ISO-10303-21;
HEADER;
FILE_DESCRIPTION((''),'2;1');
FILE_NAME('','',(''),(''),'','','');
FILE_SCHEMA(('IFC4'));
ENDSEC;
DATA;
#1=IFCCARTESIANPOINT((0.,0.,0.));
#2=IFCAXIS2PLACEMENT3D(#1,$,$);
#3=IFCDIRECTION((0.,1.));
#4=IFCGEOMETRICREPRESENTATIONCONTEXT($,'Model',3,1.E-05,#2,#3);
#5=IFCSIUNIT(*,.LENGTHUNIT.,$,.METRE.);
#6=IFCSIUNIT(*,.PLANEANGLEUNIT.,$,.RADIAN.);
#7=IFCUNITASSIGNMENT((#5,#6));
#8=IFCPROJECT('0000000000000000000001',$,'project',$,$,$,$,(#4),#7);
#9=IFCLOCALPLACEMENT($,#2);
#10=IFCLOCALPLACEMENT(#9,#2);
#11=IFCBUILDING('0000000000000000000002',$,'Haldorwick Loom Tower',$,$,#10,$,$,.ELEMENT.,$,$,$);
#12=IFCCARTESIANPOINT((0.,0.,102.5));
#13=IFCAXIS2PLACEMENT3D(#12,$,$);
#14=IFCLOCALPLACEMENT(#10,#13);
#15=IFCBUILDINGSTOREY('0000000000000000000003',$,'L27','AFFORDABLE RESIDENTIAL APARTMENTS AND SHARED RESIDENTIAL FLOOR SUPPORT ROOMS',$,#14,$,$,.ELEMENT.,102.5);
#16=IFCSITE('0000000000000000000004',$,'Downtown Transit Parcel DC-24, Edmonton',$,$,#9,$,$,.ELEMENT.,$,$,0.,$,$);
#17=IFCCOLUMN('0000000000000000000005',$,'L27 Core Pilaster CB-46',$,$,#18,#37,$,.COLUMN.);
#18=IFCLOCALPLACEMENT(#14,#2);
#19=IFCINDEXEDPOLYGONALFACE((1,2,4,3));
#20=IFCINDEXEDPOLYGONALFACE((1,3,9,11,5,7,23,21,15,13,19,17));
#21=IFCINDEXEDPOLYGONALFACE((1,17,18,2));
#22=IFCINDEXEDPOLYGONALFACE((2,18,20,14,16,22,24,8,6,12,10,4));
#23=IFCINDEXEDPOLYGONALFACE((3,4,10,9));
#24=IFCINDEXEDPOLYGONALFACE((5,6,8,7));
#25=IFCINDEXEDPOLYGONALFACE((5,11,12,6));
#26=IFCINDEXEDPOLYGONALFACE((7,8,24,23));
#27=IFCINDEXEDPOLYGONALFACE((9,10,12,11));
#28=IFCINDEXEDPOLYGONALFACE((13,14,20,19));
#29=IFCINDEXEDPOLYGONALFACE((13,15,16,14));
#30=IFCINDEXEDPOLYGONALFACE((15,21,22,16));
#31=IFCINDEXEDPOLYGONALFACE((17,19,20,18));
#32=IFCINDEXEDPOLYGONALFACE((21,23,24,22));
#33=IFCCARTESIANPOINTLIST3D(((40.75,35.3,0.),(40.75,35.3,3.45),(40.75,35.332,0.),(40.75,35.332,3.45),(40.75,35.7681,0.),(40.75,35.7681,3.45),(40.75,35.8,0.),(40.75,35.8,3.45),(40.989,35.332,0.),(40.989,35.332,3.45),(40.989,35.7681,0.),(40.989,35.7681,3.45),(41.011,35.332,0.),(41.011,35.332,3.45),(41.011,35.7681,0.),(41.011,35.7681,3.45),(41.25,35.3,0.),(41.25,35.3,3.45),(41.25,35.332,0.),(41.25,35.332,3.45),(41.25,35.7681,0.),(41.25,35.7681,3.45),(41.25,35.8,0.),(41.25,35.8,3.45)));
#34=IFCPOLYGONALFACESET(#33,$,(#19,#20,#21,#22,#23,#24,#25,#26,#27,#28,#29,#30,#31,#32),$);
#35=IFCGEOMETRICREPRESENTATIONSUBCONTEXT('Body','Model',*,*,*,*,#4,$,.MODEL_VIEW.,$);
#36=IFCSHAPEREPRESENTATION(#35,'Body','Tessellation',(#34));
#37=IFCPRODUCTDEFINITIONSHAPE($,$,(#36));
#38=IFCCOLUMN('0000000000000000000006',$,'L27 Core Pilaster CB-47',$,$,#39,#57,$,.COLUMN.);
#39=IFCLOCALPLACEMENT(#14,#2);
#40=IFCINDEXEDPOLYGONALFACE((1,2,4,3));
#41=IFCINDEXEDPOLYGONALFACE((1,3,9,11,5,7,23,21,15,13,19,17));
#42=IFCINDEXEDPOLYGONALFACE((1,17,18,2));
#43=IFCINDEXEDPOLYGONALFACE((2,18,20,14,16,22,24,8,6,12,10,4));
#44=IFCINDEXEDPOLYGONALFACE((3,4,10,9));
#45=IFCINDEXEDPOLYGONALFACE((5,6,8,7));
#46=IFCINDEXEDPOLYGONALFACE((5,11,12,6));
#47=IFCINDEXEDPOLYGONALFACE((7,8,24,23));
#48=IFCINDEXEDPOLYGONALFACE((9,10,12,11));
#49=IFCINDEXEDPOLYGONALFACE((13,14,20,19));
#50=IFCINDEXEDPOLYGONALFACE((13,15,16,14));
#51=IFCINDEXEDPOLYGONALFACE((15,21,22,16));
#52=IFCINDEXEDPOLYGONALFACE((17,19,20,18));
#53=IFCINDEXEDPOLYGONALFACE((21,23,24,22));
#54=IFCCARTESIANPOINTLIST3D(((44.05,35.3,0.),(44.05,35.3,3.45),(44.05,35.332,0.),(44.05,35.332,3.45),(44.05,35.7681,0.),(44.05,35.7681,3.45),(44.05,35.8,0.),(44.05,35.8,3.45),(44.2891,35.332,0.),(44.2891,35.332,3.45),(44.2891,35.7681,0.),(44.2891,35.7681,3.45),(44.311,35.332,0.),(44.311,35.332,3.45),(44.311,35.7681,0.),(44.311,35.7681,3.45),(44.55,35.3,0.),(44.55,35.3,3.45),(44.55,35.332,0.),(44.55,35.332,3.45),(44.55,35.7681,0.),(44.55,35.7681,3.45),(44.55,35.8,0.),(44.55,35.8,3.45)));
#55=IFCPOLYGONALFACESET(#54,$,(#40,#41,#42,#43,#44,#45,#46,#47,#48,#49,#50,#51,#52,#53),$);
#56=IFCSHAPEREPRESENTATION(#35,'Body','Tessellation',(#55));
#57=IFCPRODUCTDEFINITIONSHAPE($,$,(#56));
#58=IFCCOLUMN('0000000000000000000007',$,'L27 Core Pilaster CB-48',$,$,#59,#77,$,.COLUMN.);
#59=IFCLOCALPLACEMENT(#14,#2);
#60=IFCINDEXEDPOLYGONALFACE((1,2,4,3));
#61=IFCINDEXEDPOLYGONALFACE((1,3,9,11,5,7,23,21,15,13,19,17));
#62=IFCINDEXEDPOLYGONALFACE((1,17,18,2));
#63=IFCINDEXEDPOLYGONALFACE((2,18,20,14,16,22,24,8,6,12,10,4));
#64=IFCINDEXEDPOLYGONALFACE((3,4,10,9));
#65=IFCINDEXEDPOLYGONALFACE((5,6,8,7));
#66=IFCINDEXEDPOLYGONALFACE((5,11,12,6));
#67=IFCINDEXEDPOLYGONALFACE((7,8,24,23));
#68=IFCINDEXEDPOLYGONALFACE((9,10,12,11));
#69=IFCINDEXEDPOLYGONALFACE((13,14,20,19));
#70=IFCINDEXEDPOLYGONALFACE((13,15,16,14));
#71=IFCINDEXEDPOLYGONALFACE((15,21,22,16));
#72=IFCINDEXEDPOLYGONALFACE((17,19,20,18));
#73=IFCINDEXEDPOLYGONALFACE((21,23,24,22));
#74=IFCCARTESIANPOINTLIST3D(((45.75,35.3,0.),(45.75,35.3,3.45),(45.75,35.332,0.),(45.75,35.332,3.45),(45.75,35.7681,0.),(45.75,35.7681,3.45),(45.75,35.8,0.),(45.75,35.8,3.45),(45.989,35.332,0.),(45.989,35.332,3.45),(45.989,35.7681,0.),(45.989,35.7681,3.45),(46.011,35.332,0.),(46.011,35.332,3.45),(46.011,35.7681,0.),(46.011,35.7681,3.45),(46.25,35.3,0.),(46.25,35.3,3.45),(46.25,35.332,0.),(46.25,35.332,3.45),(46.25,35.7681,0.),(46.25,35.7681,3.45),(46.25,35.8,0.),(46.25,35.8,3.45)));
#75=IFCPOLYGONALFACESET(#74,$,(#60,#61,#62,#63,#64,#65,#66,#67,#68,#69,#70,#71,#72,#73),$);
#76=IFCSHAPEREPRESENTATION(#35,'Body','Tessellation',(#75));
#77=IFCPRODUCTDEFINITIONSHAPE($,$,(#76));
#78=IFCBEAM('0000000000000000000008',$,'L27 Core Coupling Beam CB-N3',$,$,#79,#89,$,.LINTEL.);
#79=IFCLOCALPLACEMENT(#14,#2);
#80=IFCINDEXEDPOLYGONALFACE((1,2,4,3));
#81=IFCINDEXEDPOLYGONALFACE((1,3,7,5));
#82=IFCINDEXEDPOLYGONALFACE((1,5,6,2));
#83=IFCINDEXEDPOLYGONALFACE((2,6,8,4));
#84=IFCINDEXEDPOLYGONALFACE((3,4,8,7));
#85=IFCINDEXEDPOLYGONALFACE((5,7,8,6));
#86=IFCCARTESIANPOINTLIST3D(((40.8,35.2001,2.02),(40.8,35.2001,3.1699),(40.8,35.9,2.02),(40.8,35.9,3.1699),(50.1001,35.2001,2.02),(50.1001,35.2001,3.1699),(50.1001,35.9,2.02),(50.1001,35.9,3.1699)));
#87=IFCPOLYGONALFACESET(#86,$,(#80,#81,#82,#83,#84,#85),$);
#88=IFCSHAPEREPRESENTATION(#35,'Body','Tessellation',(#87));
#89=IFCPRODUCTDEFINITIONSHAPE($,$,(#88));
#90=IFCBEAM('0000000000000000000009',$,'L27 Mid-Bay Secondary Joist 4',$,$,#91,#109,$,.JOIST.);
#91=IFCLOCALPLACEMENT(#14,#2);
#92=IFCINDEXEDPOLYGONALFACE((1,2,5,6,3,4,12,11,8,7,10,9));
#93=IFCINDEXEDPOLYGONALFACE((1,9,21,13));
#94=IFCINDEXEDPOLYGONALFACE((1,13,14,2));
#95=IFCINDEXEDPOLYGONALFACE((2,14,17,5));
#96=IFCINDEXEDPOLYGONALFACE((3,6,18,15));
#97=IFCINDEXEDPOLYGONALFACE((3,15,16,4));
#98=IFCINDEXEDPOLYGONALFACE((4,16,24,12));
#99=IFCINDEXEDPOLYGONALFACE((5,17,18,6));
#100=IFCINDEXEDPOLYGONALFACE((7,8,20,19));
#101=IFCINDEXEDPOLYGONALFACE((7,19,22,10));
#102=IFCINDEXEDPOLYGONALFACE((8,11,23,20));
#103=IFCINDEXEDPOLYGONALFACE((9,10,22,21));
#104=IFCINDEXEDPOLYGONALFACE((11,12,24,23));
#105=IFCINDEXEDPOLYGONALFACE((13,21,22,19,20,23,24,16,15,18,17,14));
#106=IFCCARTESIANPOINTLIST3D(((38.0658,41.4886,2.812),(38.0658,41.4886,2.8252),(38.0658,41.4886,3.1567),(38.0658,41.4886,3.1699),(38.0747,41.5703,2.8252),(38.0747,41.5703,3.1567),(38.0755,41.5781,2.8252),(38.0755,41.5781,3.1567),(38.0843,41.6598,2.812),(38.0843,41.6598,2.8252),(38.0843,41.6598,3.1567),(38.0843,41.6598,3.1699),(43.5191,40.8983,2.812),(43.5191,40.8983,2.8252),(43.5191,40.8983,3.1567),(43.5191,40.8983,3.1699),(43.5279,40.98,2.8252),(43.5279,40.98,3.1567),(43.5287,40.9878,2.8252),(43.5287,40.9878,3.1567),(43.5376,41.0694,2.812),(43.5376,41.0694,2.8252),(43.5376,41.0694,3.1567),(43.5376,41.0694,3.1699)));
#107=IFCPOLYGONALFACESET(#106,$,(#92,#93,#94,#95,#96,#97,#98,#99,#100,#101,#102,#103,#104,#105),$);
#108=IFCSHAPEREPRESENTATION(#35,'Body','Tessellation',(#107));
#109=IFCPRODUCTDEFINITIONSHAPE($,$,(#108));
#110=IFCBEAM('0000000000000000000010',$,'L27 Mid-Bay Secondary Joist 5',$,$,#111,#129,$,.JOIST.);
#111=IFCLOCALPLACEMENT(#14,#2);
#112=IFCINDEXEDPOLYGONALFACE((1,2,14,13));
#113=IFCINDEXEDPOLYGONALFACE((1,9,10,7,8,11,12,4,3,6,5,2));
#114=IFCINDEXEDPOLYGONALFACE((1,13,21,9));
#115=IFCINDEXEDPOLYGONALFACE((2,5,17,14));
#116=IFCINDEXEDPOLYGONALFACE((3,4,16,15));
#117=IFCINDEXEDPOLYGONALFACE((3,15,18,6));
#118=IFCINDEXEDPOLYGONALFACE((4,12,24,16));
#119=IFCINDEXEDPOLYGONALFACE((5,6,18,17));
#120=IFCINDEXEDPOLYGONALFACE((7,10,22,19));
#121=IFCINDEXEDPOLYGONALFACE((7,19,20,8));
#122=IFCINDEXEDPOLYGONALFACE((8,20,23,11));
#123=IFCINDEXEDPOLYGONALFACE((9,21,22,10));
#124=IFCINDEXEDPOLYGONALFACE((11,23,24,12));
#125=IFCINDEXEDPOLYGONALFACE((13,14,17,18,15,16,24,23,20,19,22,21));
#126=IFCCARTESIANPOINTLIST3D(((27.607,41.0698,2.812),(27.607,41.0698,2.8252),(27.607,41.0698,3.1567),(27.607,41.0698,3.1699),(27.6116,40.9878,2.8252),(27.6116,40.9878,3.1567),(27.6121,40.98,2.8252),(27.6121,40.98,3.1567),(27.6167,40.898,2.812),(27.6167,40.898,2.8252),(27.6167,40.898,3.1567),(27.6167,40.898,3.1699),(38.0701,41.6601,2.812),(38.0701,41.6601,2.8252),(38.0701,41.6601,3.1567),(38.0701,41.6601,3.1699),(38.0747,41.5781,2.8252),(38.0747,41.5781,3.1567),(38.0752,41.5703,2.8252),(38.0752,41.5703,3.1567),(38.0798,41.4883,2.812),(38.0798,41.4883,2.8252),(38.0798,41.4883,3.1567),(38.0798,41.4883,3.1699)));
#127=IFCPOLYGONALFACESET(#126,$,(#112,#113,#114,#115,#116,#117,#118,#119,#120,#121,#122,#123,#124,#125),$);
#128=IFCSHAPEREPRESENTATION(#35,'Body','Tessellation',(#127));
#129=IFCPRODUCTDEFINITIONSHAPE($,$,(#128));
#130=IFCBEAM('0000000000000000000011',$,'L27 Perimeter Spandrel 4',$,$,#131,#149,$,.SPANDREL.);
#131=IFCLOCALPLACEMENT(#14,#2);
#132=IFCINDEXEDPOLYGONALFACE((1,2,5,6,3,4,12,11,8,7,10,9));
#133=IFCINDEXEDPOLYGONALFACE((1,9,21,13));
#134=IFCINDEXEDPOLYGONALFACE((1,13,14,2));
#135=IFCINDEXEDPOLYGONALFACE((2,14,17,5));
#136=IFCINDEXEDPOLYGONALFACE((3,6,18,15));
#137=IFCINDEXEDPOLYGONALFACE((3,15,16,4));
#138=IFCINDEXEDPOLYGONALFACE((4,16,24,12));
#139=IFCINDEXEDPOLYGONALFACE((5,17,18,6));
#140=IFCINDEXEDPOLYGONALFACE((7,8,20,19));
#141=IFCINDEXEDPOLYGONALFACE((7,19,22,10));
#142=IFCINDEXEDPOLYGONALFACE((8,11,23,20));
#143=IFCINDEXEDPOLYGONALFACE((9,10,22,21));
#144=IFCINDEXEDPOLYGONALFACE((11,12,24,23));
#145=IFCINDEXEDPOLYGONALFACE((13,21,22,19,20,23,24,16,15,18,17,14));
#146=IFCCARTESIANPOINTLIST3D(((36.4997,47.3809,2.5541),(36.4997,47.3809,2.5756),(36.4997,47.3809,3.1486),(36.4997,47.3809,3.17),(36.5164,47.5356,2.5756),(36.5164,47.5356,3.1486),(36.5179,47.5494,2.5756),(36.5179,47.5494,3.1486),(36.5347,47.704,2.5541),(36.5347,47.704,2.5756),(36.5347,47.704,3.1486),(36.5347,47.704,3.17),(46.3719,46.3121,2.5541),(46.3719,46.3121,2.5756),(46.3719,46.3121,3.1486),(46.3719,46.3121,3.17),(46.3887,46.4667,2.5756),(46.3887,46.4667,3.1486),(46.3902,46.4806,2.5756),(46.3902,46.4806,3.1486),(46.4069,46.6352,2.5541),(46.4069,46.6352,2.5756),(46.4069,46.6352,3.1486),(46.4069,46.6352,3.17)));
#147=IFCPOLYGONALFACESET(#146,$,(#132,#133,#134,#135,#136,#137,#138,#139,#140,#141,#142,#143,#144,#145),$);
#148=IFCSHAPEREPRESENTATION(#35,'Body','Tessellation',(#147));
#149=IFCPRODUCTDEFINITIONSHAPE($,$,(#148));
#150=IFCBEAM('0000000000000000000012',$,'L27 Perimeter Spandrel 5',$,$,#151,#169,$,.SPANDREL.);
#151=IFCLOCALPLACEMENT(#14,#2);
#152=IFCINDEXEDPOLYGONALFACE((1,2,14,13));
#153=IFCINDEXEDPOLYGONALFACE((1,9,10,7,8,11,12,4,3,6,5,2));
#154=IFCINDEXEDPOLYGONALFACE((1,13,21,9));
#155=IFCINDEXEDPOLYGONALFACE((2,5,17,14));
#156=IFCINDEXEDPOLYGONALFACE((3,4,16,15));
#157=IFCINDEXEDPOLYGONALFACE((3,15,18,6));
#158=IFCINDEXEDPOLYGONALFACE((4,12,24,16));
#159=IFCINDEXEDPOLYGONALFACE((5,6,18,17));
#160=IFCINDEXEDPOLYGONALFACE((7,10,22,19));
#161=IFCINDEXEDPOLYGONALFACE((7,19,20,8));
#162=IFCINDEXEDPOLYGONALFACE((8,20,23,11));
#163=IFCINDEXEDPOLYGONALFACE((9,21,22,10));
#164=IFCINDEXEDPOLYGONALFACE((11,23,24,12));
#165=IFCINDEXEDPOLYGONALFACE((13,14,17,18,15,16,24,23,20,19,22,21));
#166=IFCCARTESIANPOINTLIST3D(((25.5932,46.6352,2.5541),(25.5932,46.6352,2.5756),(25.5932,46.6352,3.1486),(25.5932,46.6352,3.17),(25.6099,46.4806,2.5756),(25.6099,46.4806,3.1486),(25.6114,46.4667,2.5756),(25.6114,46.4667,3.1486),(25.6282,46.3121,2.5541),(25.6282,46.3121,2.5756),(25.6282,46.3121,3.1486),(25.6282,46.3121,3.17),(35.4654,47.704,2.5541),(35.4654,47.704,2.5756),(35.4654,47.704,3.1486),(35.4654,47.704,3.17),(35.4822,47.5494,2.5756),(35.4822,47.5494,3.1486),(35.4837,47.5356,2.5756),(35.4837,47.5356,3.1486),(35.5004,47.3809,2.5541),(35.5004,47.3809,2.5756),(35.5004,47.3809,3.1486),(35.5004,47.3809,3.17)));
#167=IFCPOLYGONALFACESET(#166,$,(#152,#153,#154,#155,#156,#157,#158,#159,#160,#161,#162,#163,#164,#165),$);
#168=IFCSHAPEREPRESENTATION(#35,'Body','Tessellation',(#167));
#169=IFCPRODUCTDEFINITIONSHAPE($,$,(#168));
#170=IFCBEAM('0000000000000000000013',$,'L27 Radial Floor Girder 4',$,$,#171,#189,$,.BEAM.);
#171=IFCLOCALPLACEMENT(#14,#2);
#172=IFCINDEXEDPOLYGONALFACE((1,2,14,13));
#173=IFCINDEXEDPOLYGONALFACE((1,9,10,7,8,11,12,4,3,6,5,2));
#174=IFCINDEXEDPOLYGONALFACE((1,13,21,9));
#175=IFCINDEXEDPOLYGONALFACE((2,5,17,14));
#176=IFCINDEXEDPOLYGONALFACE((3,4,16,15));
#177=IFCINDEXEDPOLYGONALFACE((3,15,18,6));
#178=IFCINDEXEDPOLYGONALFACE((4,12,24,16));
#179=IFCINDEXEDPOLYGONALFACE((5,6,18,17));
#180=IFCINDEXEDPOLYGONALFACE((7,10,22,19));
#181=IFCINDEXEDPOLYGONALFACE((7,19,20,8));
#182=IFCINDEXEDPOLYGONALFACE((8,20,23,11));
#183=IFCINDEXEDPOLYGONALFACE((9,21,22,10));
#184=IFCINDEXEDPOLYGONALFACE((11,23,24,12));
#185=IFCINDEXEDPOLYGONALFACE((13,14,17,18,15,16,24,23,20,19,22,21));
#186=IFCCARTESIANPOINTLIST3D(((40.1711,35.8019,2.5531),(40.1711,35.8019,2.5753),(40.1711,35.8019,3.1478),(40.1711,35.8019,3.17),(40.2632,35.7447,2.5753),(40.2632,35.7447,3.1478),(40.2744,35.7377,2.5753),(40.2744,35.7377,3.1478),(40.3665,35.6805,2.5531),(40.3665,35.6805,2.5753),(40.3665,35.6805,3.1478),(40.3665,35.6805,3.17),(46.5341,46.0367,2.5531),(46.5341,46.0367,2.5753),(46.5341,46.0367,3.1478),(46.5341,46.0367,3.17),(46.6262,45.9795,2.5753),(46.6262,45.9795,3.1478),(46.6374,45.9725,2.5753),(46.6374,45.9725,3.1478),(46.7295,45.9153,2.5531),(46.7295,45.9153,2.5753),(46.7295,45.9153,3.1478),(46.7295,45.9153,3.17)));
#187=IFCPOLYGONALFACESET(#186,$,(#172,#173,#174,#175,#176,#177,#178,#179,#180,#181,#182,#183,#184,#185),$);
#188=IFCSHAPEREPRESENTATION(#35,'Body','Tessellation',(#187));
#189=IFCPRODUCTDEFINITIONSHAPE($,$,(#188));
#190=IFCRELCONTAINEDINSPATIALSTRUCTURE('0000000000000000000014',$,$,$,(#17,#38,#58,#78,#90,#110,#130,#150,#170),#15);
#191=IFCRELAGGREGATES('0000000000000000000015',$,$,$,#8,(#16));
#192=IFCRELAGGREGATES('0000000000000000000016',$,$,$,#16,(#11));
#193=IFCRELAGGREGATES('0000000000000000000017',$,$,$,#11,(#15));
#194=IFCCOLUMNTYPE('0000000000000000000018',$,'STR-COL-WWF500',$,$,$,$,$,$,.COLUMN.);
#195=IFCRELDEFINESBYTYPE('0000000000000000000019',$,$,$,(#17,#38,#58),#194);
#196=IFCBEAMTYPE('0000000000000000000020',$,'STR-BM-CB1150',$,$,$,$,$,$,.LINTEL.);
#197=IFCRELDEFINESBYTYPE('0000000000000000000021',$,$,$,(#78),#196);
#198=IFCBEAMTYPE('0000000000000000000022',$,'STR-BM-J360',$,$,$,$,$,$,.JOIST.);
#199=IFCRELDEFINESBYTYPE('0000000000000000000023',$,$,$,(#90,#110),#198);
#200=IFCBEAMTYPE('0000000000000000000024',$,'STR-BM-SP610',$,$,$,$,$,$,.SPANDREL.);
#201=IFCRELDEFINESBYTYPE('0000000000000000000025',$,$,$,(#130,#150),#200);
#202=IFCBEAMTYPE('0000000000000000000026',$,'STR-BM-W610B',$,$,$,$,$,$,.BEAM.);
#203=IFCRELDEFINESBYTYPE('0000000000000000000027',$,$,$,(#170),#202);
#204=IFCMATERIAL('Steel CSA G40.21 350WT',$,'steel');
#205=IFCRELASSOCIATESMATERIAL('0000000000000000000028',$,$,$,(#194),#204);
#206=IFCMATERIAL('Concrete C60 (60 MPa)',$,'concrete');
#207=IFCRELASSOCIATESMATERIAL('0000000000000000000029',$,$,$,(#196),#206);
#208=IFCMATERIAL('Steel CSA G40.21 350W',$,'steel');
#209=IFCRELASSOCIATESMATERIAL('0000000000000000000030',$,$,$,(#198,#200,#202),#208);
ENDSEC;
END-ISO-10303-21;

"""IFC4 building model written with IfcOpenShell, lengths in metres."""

from ifc_helpers import new_model, si_unit, direction, frame, origin, origin_2d, place, context, subcontext, project, spatial, rectangle, i_section, extrude, material, material_profile, profile_set, type_object, element, save


model = new_model("IFC4")

# Units and contexts
model_context = context("Model", 3, precision=1e-05, world=origin(), true_north=direction((0.0, 1.0)))
body_context = subcontext(model_context, "Body", "Model", "MODEL_VIEW")
ifc_project = project(units=[si_unit("LENGTHUNIT", "METRE"), si_unit("PLANEANGLEUNIT", "RADIAN")], contexts=[model_context])

# Site, building, storey
site_placement = place(None, origin())
site = spatial("IfcSite", under=ifc_project, at=site_placement, Name="Downtown Transit Parcel DC-24, Edmonton", CompositionType="ELEMENT", RefElevation=0.0)
building_placement = place(site_placement, origin())
building = spatial("IfcBuilding", under=site, at=building_placement, Name="Haldorwick Loom Tower", CompositionType="ELEMENT")
storey_placement = place(building_placement, frame((0.0, 0.0, 102.5)))
storey = spatial("IfcBuildingStorey", under=building, at=storey_placement, Name="L27", Description="AFFORDABLE RESIDENTIAL APARTMENTS AND SHARED RESIDENTIAL FLOOR SUPPORT ROOMS", CompositionType="ELEMENT", Elevation=102.5)

# Columns
ifc_material_1 = material(Name="Concrete C60 (60 MPa)", Category="concrete")
ifc_material_2 = material(Name="Steel CSA G40.21 350WT", Category="steel")
ifc_material_profile_1 = material_profile(ifc_material_2, i_section(OverallWidth=0.5, OverallDepth=0.5, WebThickness=0.022, FlangeThickness=0.032, at=origin_2d()), Name="WWF500X500", Category="steel")
ifc_profile_set_1 = profile_set([ifc_material_profile_1], Name="Steel CSA G40.21 350WT")
column_type_1 = type_object("IfcColumnType", Name="STR-COL-WWF500", PredefinedType="COLUMN", material=ifc_profile_set_1)
for number, where, z_axis, x_axis, name in (
    (1, (41.0, 35.55, 0.0), (0.0, 0.0, 1.0), (1.0, 0.0, 0.0), "L27 Core Pilaster CB-46"),
    (2, (44.3, 35.55, 0.0), (0.0, 0.0, 1.0), (1.0, 0.0, 0.0), "L27 Core Pilaster CB-47"),
    (3, (46.0, 35.55, 0.0), (0.0, 0.0, 1.0), (1.0, 0.0, 0.0), "L27 Core Pilaster CB-48"),
):
    element("IfcColumn", number, at=place(storey_placement, frame(where, z_axis=z_axis, x_axis=x_axis)), inside=storey, type_object=column_type_1, Name=name, PredefinedType="COLUMN", context=body_context, shape_type="SweptSolid", body=[
        extrude(i_section(OverallWidth=0.5, OverallDepth=0.5, WebThickness=0.022, FlangeThickness=0.032, at=origin_2d()), origin(), (0.0, 0.0, 1.0), 3.45),
    ])

# Beams
ifc_material_profile_2 = material_profile(ifc_material_1, rectangle(XDim=0.7, YDim=1.1499, at=origin_2d()), Name="RC700X1150", Category="concrete")
ifc_profile_set_2 = profile_set([ifc_material_profile_2], Name="Concrete C60 (60 MPa)")
beam_type_1 = type_object("IfcBeamType", Name="STR-BM-CB1150", PredefinedType="LINTEL", material=ifc_profile_set_2)
beam_1_placement = place(storey_placement, frame((40.8, 35.55, 2.595), z_axis=(1.0, 0.0, 0.0), x_axis=(0.0, 1.0, 0.0)))
element("IfcBeam", 4, at=beam_1_placement, inside=storey, type_object=beam_type_1, Name="L27 Core Coupling Beam CB-N3", PredefinedType="LINTEL", context=body_context, shape_type="SweptSolid", body=[
    extrude(rectangle(XDim=0.7, YDim=1.1499, at=origin_2d()), origin(), (0.0, 0.0, 1.0), 9.3),
])
ifc_material_3 = material(Name="Steel CSA G40.21 350W", Category="steel")
ifc_material_profile_3 = material_profile(ifc_material_3, i_section(OverallWidth=0.1721, OverallDepth=0.3579, WebThickness=0.0078, FlangeThickness=0.0132, at=origin_2d()), Name="W360X57", Category="steel")
ifc_profile_set_3 = profile_set([ifc_material_profile_3], Name="Steel CSA G40.21 350W")
beam_type_2 = type_object("IfcBeamType", Name="STR-BM-J360", PredefinedType="JOIST", material=ifc_profile_set_3)
beam_2_placement = place(storey_placement, frame((43.5283, 40.9839, 2.991), z_axis=(-0.994192, 0.107622, 0.0), x_axis=(-0.107622, -0.994192, 0.0)))
element("IfcBeam", 5, at=beam_2_placement, inside=storey, type_object=beam_type_2, Name="L27 Mid-Bay Secondary Joist 4", PredefinedType="JOIST", context=body_context, shape_type="SweptSolid", body=[
    extrude(i_section(OverallWidth=0.1721, OverallDepth=0.3579, WebThickness=0.0078, FlangeThickness=0.0132, at=origin_2d()), origin(), (0.0, 0.0, 1.0), 5.4851),
])
beam_3_placement = place(storey_placement, frame((38.075, 41.5742, 2.991), z_axis=(-0.998412, -0.056331, 0.0), x_axis=(0.056331, -0.998412, 0.0)))
element("IfcBeam", 6, at=beam_3_placement, inside=storey, type_object=beam_type_2, Name="L27 Mid-Bay Secondary Joist 5", PredefinedType="JOIST", context=body_context, shape_type="SweptSolid", body=[
    extrude(i_section(OverallWidth=0.1721, OverallDepth=0.3579, WebThickness=0.0078, FlangeThickness=0.0132, at=origin_2d()), origin(), (0.0, 0.0, 1.0), 10.4797),
])
ifc_material_profile_4 = material_profile(ifc_material_3, i_section(OverallWidth=0.325, OverallDepth=0.616, WebThickness=0.0139, FlangeThickness=0.0215, at=origin_2d()), Name="W610X174", Category="steel")
ifc_profile_set_4 = profile_set([ifc_material_profile_4], Name="Steel CSA G40.21 350W")
beam_type_3 = type_object("IfcBeamType", Name="STR-BM-SP610", PredefinedType="SPANDREL", material=ifc_profile_set_4)
for number, where, z_axis, x_axis, name in (
    (7, (46.3894, 46.4736, 2.8621), (-0.99419, 0.107638, 0.0), (-0.107638, -0.99419, 0.0), "L27 Perimeter Spandrel 4"),
    (8, (35.4829, 47.5425, 2.8621), (-0.99419, -0.107638, 0.0), (0.107638, -0.99419, 0.0), "L27 Perimeter Spandrel 5"),
):
    element("IfcBeam", number, at=place(storey_placement, frame(where, z_axis=z_axis, x_axis=x_axis)), inside=storey, type_object=beam_type_3, Name=name, PredefinedType="SPANDREL", context=body_context, shape_type="SweptSolid", body=[
        extrude(i_section(OverallWidth=0.325, OverallDepth=0.616, WebThickness=0.0139, FlangeThickness=0.0215, at=origin_2d()), origin(), (0.0, 0.0, 1.0), 9.9299),
    ])
ifc_material_profile_5 = material_profile(ifc_material_3, i_section(OverallWidth=0.23, OverallDepth=0.6169, WebThickness=0.0132, FlangeThickness=0.0222, at=origin_2d()), Name="W610X140", Category="steel")
ifc_profile_set_5 = profile_set([ifc_material_profile_5], Name="Steel CSA G40.21 350W")
beam_type_4 = type_object("IfcBeamType", Name="STR-BM-W610B", PredefinedType="BEAM", material=ifc_profile_set_5)
beam_4_placement = place(storey_placement, frame((40.2688, 35.7412, 2.8616), z_axis=(0.527983, 0.849255, 0.0), x_axis=(-0.849255, 0.527983, 0.0)))
element("IfcBeam", 9, at=beam_4_placement, inside=storey, type_object=beam_type_4, Name="L27 Radial Floor Girder 4", PredefinedType="BEAM", context=body_context, shape_type="SweptSolid", body=[
    extrude(i_section(OverallWidth=0.23, OverallDepth=0.6169, WebThickness=0.0132, FlangeThickness=0.0222, at=origin_2d()), origin(), (0.0, 0.0, 1.0), 12.0515),
])

save(model, "model.ifc")
